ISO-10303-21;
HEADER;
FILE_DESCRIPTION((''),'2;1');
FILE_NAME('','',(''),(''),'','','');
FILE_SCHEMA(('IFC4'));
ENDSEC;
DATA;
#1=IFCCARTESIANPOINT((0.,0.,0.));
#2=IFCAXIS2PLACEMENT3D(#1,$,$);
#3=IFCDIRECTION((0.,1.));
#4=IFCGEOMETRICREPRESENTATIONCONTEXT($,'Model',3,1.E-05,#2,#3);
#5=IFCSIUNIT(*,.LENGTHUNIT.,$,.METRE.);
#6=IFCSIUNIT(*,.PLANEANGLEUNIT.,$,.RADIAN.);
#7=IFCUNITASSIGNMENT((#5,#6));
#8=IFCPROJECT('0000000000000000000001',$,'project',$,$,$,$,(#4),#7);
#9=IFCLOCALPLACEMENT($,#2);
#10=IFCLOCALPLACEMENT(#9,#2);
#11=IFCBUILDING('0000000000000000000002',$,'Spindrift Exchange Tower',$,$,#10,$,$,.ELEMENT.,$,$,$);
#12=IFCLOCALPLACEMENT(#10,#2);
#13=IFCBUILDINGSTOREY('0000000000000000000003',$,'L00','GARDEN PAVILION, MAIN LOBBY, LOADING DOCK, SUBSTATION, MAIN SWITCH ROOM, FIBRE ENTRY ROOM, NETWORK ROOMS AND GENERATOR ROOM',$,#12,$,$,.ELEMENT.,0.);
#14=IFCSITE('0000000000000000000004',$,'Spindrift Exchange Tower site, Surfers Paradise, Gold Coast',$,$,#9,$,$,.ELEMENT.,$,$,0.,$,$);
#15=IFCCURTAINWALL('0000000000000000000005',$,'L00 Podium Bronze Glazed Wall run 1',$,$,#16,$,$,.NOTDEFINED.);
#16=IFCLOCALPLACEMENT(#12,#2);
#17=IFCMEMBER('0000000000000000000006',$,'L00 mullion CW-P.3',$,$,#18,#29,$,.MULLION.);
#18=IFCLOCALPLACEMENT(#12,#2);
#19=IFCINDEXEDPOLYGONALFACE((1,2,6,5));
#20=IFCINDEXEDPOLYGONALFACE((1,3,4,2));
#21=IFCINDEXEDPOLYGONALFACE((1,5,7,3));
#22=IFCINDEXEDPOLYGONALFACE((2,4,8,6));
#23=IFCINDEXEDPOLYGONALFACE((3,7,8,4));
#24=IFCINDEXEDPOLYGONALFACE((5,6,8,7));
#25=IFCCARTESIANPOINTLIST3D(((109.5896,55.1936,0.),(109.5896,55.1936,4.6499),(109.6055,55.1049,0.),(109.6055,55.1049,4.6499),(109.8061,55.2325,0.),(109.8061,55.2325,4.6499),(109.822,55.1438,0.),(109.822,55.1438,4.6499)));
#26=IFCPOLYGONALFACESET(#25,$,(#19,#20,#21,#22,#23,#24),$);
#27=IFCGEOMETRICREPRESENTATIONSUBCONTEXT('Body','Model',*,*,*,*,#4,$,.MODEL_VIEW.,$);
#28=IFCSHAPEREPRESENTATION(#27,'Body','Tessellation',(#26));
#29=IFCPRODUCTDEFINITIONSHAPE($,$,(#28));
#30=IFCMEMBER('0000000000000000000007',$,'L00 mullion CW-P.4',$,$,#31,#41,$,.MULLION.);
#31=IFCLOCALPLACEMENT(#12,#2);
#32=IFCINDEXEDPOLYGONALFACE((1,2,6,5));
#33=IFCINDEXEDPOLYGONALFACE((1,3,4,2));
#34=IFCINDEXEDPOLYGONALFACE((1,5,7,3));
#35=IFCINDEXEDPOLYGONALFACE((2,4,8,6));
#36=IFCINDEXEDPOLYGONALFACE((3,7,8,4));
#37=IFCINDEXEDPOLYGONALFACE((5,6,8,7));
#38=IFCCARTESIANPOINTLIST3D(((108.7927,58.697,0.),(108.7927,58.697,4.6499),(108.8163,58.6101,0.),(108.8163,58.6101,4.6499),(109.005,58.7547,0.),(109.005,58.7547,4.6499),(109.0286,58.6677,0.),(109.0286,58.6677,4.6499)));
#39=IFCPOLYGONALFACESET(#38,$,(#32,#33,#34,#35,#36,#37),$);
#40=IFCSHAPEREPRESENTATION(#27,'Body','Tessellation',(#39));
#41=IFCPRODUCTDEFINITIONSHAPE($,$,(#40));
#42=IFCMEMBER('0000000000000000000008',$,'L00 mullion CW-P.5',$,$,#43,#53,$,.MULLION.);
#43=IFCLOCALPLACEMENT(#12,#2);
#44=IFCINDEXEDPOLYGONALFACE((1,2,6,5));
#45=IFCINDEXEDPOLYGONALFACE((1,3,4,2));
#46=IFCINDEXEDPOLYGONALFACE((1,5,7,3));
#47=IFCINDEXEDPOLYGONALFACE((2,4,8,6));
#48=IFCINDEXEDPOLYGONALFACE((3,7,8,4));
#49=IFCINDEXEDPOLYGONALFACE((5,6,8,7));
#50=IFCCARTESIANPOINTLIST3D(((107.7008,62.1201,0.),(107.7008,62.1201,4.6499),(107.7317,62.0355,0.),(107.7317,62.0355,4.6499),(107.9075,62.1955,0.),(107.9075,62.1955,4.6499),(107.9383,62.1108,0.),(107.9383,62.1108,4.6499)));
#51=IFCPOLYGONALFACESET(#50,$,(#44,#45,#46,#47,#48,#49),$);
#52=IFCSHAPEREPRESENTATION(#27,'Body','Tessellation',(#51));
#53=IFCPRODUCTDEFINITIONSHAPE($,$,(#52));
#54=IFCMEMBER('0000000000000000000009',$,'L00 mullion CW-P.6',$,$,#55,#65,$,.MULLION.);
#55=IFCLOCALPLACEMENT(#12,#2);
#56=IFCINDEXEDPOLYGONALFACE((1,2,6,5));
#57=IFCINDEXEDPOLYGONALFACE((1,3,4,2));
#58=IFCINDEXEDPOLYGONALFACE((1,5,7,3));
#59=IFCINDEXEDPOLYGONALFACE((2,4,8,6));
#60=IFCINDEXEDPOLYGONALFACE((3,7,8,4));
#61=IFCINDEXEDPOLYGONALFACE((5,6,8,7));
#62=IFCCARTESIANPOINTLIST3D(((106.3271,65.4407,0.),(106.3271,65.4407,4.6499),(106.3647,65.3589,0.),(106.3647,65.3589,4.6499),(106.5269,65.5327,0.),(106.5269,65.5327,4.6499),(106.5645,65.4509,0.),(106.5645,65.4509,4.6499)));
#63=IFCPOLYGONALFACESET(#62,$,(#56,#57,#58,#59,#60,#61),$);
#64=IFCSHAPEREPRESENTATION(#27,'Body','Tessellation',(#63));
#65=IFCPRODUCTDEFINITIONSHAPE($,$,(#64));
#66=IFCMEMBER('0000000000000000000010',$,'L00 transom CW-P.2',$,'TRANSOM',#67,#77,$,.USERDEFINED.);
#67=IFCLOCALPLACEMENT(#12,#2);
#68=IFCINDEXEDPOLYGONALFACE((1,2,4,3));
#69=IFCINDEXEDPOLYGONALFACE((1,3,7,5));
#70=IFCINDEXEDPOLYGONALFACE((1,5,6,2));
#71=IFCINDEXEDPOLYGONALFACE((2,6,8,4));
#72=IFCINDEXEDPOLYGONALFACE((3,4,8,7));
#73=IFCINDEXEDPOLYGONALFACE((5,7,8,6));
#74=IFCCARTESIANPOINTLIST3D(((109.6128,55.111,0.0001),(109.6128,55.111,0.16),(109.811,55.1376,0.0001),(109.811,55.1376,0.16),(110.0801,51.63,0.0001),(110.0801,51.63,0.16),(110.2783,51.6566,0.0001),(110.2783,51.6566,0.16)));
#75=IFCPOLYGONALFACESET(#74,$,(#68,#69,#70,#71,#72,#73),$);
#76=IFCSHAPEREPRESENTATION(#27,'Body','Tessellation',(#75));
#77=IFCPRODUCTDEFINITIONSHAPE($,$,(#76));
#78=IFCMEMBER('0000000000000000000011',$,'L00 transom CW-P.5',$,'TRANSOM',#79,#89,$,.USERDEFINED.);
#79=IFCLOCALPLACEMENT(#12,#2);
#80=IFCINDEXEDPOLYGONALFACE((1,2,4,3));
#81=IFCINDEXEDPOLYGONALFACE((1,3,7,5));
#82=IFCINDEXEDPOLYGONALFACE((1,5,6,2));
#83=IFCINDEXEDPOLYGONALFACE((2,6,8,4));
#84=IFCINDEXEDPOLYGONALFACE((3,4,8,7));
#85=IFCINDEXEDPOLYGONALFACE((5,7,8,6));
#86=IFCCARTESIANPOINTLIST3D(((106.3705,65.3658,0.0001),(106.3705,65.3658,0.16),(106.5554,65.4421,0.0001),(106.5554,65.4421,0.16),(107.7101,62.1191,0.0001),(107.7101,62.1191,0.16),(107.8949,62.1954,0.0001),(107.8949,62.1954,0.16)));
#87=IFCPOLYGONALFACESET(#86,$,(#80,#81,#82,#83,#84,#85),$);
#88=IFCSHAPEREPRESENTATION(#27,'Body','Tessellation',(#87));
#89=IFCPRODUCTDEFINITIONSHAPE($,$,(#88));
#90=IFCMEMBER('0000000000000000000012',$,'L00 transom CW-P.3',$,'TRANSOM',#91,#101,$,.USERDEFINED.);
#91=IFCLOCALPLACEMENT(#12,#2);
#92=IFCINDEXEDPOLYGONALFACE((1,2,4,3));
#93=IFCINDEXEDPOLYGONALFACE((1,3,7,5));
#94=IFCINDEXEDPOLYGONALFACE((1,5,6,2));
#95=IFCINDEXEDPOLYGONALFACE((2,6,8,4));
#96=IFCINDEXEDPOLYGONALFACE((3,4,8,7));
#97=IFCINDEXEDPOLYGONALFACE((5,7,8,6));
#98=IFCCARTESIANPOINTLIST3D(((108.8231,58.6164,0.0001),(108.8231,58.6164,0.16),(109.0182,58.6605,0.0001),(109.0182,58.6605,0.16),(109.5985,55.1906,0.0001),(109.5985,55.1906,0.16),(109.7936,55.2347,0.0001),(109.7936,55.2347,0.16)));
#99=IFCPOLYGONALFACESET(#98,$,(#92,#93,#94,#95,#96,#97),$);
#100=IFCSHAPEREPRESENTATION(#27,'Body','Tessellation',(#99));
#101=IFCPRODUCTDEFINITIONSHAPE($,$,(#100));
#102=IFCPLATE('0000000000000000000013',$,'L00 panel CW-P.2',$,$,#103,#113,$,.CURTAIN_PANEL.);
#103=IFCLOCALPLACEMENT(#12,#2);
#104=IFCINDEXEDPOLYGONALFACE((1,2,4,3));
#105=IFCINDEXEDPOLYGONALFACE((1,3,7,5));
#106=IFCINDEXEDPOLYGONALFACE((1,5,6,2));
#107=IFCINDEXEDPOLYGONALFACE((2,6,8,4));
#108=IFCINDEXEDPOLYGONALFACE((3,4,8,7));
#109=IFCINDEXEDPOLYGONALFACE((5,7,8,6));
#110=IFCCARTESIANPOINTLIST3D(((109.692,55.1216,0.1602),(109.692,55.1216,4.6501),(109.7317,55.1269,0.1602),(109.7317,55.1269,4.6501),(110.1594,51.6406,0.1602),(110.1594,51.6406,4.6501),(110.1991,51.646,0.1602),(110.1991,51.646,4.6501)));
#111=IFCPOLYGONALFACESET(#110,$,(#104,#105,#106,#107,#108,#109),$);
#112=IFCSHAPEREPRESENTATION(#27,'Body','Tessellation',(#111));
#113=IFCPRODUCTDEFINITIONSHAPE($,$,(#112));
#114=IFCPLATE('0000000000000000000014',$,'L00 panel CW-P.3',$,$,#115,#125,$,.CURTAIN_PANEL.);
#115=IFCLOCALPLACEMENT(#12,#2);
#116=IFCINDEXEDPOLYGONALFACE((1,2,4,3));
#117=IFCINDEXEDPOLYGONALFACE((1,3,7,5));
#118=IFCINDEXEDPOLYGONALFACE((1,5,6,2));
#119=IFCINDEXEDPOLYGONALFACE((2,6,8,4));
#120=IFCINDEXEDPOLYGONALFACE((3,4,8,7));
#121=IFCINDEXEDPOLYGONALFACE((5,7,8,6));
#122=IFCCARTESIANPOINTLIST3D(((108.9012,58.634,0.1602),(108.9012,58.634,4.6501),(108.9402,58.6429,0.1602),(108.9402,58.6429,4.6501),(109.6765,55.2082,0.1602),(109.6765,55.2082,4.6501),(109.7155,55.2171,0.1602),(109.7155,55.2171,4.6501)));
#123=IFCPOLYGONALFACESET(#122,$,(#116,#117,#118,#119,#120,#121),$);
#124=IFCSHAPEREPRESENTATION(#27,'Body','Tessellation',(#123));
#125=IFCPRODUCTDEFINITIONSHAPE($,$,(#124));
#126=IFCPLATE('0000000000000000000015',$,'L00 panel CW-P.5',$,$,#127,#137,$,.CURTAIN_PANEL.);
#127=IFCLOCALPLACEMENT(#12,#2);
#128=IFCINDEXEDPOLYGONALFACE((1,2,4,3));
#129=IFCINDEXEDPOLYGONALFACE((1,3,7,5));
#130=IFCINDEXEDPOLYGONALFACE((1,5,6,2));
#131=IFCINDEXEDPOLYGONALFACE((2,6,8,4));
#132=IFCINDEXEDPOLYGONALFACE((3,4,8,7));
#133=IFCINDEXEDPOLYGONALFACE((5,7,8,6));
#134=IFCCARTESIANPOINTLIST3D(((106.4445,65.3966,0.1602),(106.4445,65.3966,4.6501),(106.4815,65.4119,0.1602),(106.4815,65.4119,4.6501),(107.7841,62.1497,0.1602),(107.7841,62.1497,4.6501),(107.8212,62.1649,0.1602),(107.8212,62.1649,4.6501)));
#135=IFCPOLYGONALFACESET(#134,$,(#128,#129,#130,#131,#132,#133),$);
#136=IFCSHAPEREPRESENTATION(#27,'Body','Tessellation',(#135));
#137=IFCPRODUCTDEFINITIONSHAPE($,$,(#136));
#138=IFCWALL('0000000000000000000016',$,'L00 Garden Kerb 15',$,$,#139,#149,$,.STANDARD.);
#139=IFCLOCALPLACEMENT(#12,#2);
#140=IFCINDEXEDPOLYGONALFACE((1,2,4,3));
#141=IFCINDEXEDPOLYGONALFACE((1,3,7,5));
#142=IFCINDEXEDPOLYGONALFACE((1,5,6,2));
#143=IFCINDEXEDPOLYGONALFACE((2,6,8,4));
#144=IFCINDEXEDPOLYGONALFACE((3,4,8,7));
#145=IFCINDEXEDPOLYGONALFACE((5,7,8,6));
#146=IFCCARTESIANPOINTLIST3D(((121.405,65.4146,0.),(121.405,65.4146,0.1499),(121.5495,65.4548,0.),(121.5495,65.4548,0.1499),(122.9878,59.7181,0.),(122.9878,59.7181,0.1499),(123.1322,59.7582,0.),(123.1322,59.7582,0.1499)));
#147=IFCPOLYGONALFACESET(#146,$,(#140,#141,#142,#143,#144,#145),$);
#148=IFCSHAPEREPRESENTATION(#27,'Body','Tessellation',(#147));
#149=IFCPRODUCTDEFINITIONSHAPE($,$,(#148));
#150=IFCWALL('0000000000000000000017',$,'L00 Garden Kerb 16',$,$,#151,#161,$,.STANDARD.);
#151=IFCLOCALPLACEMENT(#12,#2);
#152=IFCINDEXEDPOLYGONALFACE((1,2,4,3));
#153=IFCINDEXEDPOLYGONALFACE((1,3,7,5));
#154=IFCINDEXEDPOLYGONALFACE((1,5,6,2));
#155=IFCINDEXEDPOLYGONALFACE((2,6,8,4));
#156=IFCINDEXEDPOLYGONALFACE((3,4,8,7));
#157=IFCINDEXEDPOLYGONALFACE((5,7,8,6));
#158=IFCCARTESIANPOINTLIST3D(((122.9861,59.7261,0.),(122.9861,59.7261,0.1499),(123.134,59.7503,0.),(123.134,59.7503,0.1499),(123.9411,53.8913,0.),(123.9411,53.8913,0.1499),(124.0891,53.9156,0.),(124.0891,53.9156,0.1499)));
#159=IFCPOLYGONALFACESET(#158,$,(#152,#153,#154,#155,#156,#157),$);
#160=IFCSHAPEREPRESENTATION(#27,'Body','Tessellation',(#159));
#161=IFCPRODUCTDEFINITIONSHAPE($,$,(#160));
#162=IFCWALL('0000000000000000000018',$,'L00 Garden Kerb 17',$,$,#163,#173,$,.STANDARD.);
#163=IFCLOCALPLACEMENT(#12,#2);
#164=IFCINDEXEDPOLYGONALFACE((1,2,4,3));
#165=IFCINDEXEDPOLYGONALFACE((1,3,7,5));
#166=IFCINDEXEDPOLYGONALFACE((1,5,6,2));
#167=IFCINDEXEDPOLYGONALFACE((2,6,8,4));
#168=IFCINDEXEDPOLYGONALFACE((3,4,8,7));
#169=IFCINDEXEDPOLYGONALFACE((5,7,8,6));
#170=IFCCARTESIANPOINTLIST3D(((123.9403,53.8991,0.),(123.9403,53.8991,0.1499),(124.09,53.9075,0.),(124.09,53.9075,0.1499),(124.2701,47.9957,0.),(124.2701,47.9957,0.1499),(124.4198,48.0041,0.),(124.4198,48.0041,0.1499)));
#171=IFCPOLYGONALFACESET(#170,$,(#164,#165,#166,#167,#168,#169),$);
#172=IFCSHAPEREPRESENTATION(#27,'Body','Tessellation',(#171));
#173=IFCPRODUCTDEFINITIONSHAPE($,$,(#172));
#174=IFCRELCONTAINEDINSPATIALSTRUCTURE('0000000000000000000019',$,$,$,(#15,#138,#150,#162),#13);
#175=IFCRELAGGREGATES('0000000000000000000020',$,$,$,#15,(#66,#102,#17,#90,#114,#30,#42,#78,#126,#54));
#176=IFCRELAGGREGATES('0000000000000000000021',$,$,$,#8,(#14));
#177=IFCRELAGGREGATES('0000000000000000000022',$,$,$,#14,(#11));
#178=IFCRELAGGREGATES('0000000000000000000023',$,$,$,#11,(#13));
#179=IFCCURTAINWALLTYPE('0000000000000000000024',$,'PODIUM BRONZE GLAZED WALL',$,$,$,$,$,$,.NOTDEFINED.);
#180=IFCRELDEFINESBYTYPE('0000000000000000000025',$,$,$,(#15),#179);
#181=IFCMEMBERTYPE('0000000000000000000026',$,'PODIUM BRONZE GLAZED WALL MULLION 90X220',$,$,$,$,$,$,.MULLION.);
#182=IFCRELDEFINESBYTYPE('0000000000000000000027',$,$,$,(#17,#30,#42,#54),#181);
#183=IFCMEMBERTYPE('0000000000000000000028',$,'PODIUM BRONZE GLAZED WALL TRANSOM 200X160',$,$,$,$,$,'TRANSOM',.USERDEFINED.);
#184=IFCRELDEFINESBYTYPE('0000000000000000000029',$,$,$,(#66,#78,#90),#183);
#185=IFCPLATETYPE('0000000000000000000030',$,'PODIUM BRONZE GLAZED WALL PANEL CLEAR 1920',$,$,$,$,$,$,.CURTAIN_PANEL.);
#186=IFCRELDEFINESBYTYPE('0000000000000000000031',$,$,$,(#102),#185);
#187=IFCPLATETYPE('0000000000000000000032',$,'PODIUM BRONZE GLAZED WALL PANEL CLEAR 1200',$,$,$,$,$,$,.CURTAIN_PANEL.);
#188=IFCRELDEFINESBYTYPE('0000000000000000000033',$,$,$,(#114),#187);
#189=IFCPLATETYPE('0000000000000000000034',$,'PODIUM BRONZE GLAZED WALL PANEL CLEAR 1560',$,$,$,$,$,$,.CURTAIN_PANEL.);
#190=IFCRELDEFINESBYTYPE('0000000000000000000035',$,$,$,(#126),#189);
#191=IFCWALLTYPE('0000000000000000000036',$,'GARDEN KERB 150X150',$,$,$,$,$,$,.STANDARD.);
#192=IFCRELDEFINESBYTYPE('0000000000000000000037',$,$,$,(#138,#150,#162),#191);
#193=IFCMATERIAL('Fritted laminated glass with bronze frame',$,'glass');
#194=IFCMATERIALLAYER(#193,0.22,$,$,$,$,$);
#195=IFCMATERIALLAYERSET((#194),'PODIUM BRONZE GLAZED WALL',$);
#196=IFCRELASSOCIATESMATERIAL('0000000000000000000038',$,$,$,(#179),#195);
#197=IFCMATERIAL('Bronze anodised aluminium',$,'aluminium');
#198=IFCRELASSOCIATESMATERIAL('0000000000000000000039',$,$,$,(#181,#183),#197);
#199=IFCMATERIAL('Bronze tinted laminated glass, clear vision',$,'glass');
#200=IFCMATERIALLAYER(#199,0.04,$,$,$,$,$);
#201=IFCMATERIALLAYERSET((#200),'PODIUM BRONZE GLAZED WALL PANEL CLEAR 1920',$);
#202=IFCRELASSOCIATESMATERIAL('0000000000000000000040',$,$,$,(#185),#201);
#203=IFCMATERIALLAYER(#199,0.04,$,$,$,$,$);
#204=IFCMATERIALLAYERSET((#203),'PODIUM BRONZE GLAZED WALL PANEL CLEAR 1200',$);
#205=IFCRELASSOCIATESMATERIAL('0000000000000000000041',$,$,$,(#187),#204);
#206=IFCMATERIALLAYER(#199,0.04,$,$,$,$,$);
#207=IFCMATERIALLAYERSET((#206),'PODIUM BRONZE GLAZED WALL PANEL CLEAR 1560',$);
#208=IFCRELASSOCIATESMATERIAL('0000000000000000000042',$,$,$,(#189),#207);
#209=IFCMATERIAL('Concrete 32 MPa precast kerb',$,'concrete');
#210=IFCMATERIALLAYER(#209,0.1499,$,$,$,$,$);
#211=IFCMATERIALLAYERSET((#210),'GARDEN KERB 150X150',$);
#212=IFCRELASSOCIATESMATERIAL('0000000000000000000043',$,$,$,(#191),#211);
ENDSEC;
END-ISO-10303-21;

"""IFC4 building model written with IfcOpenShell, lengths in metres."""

from ifc_helpers import new_model, si_unit, direction, frame, frame_2d, origin, origin_2d, place, context, subcontext, project, spatial, rectangle, extrude, source, transform, mapped, material, layer, layer_set, material_profile, profile_set, type_object, element, aggregate, save


model = new_model("IFC4")

# Units and contexts
model_context = context("Model", 3, precision=1e-05, world=origin(), true_north=direction((0.0, 1.0)))
body_context = subcontext(model_context, "Body", "Model", "MODEL_VIEW")
ifc_project = project(units=[si_unit("LENGTHUNIT", "METRE"), si_unit("PLANEANGLEUNIT", "RADIAN")], contexts=[model_context])

# Site, building, storey
site_placement = place(None, origin())
site = spatial("IfcSite", under=ifc_project, at=site_placement, Name="Spindrift Exchange Tower site, Surfers Paradise, Gold Coast", CompositionType="ELEMENT", RefElevation=0.0)
building_placement = place(site_placement, origin())
building = spatial("IfcBuilding", under=site, at=building_placement, Name="Spindrift Exchange Tower", CompositionType="ELEMENT")
storey_placement = place(building_placement, origin())
storey = spatial("IfcBuildingStorey", under=building, at=storey_placement, Name="L00", Description="GARDEN PAVILION, MAIN LOBBY, LOADING DOCK, SUBSTATION, MAIN SWITCH ROOM, FIBRE ENTRY ROOM, NETWORK ROOMS AND GENERATOR ROOM", CompositionType="ELEMENT", Elevation=0.0)

# Curtain wall, members, plates
ifc_material_1 = material(Name="Fritted laminated glass with bronze frame", Category="glass")
ifc_layer_1 = layer(ifc_material_1, 0.22)
ifc_layer_set_1 = layer_set([ifc_layer_1], Name="PODIUM BRONZE GLAZED WALL")
curtain_wall_type = type_object("IfcCurtainWallType", Name="PODIUM BRONZE GLAZED WALL", PredefinedType="NOTDEFINED", material=ifc_layer_set_1)
curtain_wall_placement = place(storey_placement, origin())
curtain_wall = element("IfcCurtainWall", 1, at=curtain_wall_placement, inside=storey, type_object=curtain_wall_type, Name="L00 Podium Bronze Glazed Wall run 1", PredefinedType="NOTDEFINED")
ifc_material_2 = material(Name="Bronze anodised aluminium", Category="aluminium")
ifc_material_profile_1 = material_profile(ifc_material_2, rectangle(XDim=0.0901, YDim=0.22, at=origin_2d()), Name="PODIUM BRONZE GLAZED WALL MULLION 90X220")
ifc_profile_set_1 = profile_set([ifc_material_profile_1], Name="Bronze anodised aluminium")
member_type_1 = type_object("IfcMemberType", Name="PODIUM BRONZE GLAZED WALL MULLION 90X220", PredefinedType="MULLION", material=ifc_profile_set_1)
shared_shape_1 = source(origin(), body_context, "Body", "SweptSolid", [
    extrude(rectangle(XDim=0.0901, YDim=0.22, at=origin_2d()), origin(), (0.0, 0.0, 1.0), 4.6499),
])
member_1_placement = place(storey_placement, frame((109.7058, 55.1687, 0.0), z_axis=(0.0, 0.0, 1.0), x_axis=(-0.177087, 0.984195, 0.0)))
member_1 = element("IfcMember", 2, at=member_1_placement, type_object=member_type_1, Name="L00 mullion CW-P.3", PredefinedType="MULLION", context=body_context, shape_type="MappedRepresentation", body=[
    mapped(shared_shape_1, transform((0.0, 0.0, 0.0), scale=1.0)),
])
member_2_placement = place(storey_placement, frame((108.9106, 58.6824, 0.0), z_axis=(0.0, 0.0, 1.0), x_axis=(-0.262034, 0.965059, 0.0)))
member_2 = element("IfcMember", 3, at=member_2_placement, type_object=member_type_1, Name="L00 mullion CW-P.4", PredefinedType="MULLION", context=body_context, shape_type="MappedRepresentation", body=[
    mapped(shared_shape_1, transform((0.0, 0.0, 0.0), scale=1.0)),
])
member_3_placement = place(storey_placement, frame((107.8196, 62.1155, 0.0), z_axis=(0.0, 0.0, 1.0), x_axis=(-0.342432, 0.939543, 0.0)))
member_3 = element("IfcMember", 4, at=member_3_placement, type_object=member_type_1, Name="L00 mullion CW-P.5", PredefinedType="MULLION", context=body_context, shape_type="MappedRepresentation", body=[
    mapped(shared_shape_1, transform((0.0, 0.0, 0.0), scale=1.0)),
])
member_4_placement = place(storey_placement, frame((106.4458, 65.4458, 0.0), z_axis=(0.0, 0.0, 1.0), x_axis=(-0.418285, 0.908316, 0.0)))
member_4 = element("IfcMember", 5, at=member_4_placement, type_object=member_type_1, Name="L00 mullion CW-P.6", PredefinedType="MULLION", context=body_context, shape_type="MappedRepresentation", body=[
    mapped(shared_shape_1, transform((0.0, 0.0, 0.0), scale=1.0)),
])
ifc_material_profile_2 = material_profile(ifc_material_2, rectangle(XDim=0.2, YDim=0.1599, at=origin_2d()), Name="PODIUM BRONZE GLAZED WALL TRANSOM 200X160")
ifc_profile_set_2 = profile_set([ifc_material_profile_2], Name="Bronze anodised aluminium")
member_type_2 = type_object("IfcMemberType", Name="PODIUM BRONZE GLAZED WALL TRANSOM 200X160", ElementType="TRANSOM", PredefinedType="USERDEFINED", material=ifc_profile_set_2)
shared_shape_2 = source(origin(), body_context, "Body", "SweptSolid", [
    extrude(rectangle(XDim=0.2, YDim=0.1599, at=origin_2d()), origin(), (0.0, 0.0, 1.0), 3.5122),
])
member_5_placement = place(storey_placement, frame((110.1792, 51.6433, 0.0801), z_axis=(-0.133047, 0.99111, 0.0), x_axis=(-0.99111, -0.133047, 0.0)))
member_5 = element("IfcMember", 6, at=member_5_placement, type_object=member_type_2, Name="L00 transom CW-P.2", ObjectType="TRANSOM", PredefinedType="USERDEFINED", context=body_context, shape_type="MappedRepresentation", body=[
    mapped(shared_shape_2, transform((0.0, 0.0, 0.0), scale=1.0)),
])
member_6_placement = place(storey_placement, frame((107.8025, 62.1572, 0.0801), z_axis=(-0.3814, 0.92441, 0.0), x_axis=(-0.92441, -0.3814, 0.0)))
member_6 = element("IfcMember", 7, at=member_6_placement, type_object=member_type_2, Name="L00 transom CW-P.5", ObjectType="TRANSOM", PredefinedType="USERDEFINED", context=body_context, shape_type="MappedRepresentation", body=[
    mapped(shared_shape_2, transform((0.0, 0.0, 0.0), scale=1.0)),
])
shared_shape_3 = source(origin(), body_context, "Body", "SweptSolid", [
    extrude(rectangle(XDim=0.2, YDim=0.1599, at=origin_2d()), origin(), (0.0, 0.0, 1.0), 3.5125),
])
member_7_placement = place(storey_placement, frame((109.696, 55.2126, 0.0801), z_axis=(-0.220756, 0.975329, 0.0), x_axis=(-0.975329, -0.220756, 0.0)))
member_7 = element("IfcMember", 8, at=member_7_placement, type_object=member_type_2, Name="L00 transom CW-P.3", ObjectType="TRANSOM", PredefinedType="USERDEFINED", context=body_context, shape_type="MappedRepresentation", body=[
    mapped(shared_shape_3, transform((0.0, 0.0, 0.0), scale=1.0)),
])
ifc_material_3 = material(Name="Bronze tinted laminated glass, clear vision", Category="glass")
ifc_layer_2 = layer(ifc_material_3, 0.04)
ifc_layer_set_2 = layer_set([ifc_layer_2], Name="PODIUM BRONZE GLAZED WALL PANEL CLEAR 1920")
plate_type_1 = type_object("IfcPlateType", Name="PODIUM BRONZE GLAZED WALL PANEL CLEAR 1920", PredefinedType="CURTAIN_PANEL", material=ifc_layer_set_2)
shared_shape_4 = source(origin(), body_context, "Body", "SweptSolid", [
    extrude(rectangle(XDim=3.5122, YDim=0.04, at=origin_2d()), origin(), (0.0, 0.0, 1.0), 4.49),
])
plate_1_placement = place(storey_placement, frame((109.9456, 53.3838, 0.1602), z_axis=(0.0, 0.0, 1.0), x_axis=(-0.133083, 0.991105, 0.0)))
plate_1 = element("IfcPlate", 9, at=plate_1_placement, type_object=plate_type_1, Name="L00 panel CW-P.2", PredefinedType="CURTAIN_PANEL", context=body_context, shape_type="MappedRepresentation", body=[
    mapped(shared_shape_4, transform((0.0, 0.0, 0.0), scale=1.0)),
])
ifc_layer_3 = layer(ifc_material_3, 0.04)
ifc_layer_set_3 = layer_set([ifc_layer_3], Name="PODIUM BRONZE GLAZED WALL PANEL CLEAR 1200")
plate_type_2 = type_object("IfcPlateType", Name="PODIUM BRONZE GLAZED WALL PANEL CLEAR 1200", PredefinedType="CURTAIN_PANEL", material=ifc_layer_set_3)
shared_shape_5 = source(origin(), body_context, "Body", "SweptSolid", [
    extrude(rectangle(XDim=3.5125, YDim=0.04, at=origin_2d()), origin(), (0.0, 0.0, 1.0), 4.49),
])
plate_2_placement = place(storey_placement, frame((109.3083, 56.9255, 0.1602), z_axis=(0.0, 0.0, 1.0), x_axis=(-0.220738, 0.975333, 0.0)))
plate_2 = element("IfcPlate", 10, at=plate_2_placement, type_object=plate_type_2, Name="L00 panel CW-P.3", PredefinedType="CURTAIN_PANEL", context=body_context, shape_type="MappedRepresentation", body=[
    mapped(shared_shape_5, transform((0.0, 0.0, 0.0), scale=1.0)),
])
ifc_layer_4 = layer(ifc_material_3, 0.04)
ifc_layer_set_4 = layer_set([ifc_layer_4], Name="PODIUM BRONZE GLAZED WALL PANEL CLEAR 1560")
plate_type_3 = type_object("IfcPlateType", Name="PODIUM BRONZE GLAZED WALL PANEL CLEAR 1560", PredefinedType="CURTAIN_PANEL", material=ifc_layer_set_4)
shared_shape_6 = source(origin(), body_context, "Body", "SweptSolid", [
    extrude(rectangle(XDim=3.5125, YDim=0.04, at=origin_2d()), origin(), (0.0, 0.0, 1.0), 4.49),
])
plate_3_placement = place(storey_placement, frame((107.1328, 63.7808, 0.1602), z_axis=(0.0, 0.0, 1.0), x_axis=(-0.381411, 0.924406, 0.0)))
plate_3 = element("IfcPlate", 11, at=plate_3_placement, type_object=plate_type_3, Name="L00 panel CW-P.5", PredefinedType="CURTAIN_PANEL", context=body_context, shape_type="MappedRepresentation", body=[
    mapped(shared_shape_6, transform((0.0, 0.0, 0.0), scale=1.0)),
])
aggregate(curtain_wall, [member_5, plate_1, member_1, member_7, plate_2, member_2, member_3, member_6, plate_3, member_4])

# Walls
ifc_material_4 = material(Name="Concrete 32 MPa precast kerb", Category="concrete")
ifc_layer_5 = layer(ifc_material_4, 0.1499)
ifc_layer_set_5 = layer_set([ifc_layer_5], Name="GARDEN KERB 150X150")
wall_type_1 = type_object("IfcWallType", Name="GARDEN KERB 150X150", PredefinedType="STANDARD", material=ifc_layer_set_5)
for number, where, z_axis, x_axis, name in (
    (12, (121.4773, 65.4346, 0.0), (0.0, 0.0, 1.0), (0.267706, -0.963501, 0.0), "L00 Garden Kerb 15"),
    (13, (123.0601, 59.738, 0.0), (0.0, 0.0, 1.0), (0.161539, -0.986866, 0.0), "L00 Garden Kerb 16"),
):
    element("IfcWall", number, at=place(storey_placement, frame(where, z_axis=z_axis, x_axis=x_axis)), inside=storey, type_object=wall_type_1, Name=name, PredefinedType="STANDARD", context=body_context, shape_type="SweptSolid", body=[
        extrude(rectangle(XDim=5.9124, YDim=0.1499, at=frame_2d((2.9561, 0.0))), origin(), (0.0, 0.0, 1.0), 0.1499),
    ])
wall_1_placement = place(storey_placement, frame((124.0151, 53.9033, 0.0), z_axis=(0.0, 0.0, 1.0), x_axis=(0.055786, -0.998443, 0.0)))
element("IfcWall", 14, at=wall_1_placement, inside=storey, type_object=wall_type_1, Name="L00 Garden Kerb 17", PredefinedType="STANDARD", context=body_context, shape_type="SweptSolid", body=[
    extrude(rectangle(XDim=5.9126, YDim=0.1499, at=frame_2d((2.9563, 0.0))), origin(), (0.0, 0.0, 1.0), 0.1499),
])

save(model, "model.ifc")
